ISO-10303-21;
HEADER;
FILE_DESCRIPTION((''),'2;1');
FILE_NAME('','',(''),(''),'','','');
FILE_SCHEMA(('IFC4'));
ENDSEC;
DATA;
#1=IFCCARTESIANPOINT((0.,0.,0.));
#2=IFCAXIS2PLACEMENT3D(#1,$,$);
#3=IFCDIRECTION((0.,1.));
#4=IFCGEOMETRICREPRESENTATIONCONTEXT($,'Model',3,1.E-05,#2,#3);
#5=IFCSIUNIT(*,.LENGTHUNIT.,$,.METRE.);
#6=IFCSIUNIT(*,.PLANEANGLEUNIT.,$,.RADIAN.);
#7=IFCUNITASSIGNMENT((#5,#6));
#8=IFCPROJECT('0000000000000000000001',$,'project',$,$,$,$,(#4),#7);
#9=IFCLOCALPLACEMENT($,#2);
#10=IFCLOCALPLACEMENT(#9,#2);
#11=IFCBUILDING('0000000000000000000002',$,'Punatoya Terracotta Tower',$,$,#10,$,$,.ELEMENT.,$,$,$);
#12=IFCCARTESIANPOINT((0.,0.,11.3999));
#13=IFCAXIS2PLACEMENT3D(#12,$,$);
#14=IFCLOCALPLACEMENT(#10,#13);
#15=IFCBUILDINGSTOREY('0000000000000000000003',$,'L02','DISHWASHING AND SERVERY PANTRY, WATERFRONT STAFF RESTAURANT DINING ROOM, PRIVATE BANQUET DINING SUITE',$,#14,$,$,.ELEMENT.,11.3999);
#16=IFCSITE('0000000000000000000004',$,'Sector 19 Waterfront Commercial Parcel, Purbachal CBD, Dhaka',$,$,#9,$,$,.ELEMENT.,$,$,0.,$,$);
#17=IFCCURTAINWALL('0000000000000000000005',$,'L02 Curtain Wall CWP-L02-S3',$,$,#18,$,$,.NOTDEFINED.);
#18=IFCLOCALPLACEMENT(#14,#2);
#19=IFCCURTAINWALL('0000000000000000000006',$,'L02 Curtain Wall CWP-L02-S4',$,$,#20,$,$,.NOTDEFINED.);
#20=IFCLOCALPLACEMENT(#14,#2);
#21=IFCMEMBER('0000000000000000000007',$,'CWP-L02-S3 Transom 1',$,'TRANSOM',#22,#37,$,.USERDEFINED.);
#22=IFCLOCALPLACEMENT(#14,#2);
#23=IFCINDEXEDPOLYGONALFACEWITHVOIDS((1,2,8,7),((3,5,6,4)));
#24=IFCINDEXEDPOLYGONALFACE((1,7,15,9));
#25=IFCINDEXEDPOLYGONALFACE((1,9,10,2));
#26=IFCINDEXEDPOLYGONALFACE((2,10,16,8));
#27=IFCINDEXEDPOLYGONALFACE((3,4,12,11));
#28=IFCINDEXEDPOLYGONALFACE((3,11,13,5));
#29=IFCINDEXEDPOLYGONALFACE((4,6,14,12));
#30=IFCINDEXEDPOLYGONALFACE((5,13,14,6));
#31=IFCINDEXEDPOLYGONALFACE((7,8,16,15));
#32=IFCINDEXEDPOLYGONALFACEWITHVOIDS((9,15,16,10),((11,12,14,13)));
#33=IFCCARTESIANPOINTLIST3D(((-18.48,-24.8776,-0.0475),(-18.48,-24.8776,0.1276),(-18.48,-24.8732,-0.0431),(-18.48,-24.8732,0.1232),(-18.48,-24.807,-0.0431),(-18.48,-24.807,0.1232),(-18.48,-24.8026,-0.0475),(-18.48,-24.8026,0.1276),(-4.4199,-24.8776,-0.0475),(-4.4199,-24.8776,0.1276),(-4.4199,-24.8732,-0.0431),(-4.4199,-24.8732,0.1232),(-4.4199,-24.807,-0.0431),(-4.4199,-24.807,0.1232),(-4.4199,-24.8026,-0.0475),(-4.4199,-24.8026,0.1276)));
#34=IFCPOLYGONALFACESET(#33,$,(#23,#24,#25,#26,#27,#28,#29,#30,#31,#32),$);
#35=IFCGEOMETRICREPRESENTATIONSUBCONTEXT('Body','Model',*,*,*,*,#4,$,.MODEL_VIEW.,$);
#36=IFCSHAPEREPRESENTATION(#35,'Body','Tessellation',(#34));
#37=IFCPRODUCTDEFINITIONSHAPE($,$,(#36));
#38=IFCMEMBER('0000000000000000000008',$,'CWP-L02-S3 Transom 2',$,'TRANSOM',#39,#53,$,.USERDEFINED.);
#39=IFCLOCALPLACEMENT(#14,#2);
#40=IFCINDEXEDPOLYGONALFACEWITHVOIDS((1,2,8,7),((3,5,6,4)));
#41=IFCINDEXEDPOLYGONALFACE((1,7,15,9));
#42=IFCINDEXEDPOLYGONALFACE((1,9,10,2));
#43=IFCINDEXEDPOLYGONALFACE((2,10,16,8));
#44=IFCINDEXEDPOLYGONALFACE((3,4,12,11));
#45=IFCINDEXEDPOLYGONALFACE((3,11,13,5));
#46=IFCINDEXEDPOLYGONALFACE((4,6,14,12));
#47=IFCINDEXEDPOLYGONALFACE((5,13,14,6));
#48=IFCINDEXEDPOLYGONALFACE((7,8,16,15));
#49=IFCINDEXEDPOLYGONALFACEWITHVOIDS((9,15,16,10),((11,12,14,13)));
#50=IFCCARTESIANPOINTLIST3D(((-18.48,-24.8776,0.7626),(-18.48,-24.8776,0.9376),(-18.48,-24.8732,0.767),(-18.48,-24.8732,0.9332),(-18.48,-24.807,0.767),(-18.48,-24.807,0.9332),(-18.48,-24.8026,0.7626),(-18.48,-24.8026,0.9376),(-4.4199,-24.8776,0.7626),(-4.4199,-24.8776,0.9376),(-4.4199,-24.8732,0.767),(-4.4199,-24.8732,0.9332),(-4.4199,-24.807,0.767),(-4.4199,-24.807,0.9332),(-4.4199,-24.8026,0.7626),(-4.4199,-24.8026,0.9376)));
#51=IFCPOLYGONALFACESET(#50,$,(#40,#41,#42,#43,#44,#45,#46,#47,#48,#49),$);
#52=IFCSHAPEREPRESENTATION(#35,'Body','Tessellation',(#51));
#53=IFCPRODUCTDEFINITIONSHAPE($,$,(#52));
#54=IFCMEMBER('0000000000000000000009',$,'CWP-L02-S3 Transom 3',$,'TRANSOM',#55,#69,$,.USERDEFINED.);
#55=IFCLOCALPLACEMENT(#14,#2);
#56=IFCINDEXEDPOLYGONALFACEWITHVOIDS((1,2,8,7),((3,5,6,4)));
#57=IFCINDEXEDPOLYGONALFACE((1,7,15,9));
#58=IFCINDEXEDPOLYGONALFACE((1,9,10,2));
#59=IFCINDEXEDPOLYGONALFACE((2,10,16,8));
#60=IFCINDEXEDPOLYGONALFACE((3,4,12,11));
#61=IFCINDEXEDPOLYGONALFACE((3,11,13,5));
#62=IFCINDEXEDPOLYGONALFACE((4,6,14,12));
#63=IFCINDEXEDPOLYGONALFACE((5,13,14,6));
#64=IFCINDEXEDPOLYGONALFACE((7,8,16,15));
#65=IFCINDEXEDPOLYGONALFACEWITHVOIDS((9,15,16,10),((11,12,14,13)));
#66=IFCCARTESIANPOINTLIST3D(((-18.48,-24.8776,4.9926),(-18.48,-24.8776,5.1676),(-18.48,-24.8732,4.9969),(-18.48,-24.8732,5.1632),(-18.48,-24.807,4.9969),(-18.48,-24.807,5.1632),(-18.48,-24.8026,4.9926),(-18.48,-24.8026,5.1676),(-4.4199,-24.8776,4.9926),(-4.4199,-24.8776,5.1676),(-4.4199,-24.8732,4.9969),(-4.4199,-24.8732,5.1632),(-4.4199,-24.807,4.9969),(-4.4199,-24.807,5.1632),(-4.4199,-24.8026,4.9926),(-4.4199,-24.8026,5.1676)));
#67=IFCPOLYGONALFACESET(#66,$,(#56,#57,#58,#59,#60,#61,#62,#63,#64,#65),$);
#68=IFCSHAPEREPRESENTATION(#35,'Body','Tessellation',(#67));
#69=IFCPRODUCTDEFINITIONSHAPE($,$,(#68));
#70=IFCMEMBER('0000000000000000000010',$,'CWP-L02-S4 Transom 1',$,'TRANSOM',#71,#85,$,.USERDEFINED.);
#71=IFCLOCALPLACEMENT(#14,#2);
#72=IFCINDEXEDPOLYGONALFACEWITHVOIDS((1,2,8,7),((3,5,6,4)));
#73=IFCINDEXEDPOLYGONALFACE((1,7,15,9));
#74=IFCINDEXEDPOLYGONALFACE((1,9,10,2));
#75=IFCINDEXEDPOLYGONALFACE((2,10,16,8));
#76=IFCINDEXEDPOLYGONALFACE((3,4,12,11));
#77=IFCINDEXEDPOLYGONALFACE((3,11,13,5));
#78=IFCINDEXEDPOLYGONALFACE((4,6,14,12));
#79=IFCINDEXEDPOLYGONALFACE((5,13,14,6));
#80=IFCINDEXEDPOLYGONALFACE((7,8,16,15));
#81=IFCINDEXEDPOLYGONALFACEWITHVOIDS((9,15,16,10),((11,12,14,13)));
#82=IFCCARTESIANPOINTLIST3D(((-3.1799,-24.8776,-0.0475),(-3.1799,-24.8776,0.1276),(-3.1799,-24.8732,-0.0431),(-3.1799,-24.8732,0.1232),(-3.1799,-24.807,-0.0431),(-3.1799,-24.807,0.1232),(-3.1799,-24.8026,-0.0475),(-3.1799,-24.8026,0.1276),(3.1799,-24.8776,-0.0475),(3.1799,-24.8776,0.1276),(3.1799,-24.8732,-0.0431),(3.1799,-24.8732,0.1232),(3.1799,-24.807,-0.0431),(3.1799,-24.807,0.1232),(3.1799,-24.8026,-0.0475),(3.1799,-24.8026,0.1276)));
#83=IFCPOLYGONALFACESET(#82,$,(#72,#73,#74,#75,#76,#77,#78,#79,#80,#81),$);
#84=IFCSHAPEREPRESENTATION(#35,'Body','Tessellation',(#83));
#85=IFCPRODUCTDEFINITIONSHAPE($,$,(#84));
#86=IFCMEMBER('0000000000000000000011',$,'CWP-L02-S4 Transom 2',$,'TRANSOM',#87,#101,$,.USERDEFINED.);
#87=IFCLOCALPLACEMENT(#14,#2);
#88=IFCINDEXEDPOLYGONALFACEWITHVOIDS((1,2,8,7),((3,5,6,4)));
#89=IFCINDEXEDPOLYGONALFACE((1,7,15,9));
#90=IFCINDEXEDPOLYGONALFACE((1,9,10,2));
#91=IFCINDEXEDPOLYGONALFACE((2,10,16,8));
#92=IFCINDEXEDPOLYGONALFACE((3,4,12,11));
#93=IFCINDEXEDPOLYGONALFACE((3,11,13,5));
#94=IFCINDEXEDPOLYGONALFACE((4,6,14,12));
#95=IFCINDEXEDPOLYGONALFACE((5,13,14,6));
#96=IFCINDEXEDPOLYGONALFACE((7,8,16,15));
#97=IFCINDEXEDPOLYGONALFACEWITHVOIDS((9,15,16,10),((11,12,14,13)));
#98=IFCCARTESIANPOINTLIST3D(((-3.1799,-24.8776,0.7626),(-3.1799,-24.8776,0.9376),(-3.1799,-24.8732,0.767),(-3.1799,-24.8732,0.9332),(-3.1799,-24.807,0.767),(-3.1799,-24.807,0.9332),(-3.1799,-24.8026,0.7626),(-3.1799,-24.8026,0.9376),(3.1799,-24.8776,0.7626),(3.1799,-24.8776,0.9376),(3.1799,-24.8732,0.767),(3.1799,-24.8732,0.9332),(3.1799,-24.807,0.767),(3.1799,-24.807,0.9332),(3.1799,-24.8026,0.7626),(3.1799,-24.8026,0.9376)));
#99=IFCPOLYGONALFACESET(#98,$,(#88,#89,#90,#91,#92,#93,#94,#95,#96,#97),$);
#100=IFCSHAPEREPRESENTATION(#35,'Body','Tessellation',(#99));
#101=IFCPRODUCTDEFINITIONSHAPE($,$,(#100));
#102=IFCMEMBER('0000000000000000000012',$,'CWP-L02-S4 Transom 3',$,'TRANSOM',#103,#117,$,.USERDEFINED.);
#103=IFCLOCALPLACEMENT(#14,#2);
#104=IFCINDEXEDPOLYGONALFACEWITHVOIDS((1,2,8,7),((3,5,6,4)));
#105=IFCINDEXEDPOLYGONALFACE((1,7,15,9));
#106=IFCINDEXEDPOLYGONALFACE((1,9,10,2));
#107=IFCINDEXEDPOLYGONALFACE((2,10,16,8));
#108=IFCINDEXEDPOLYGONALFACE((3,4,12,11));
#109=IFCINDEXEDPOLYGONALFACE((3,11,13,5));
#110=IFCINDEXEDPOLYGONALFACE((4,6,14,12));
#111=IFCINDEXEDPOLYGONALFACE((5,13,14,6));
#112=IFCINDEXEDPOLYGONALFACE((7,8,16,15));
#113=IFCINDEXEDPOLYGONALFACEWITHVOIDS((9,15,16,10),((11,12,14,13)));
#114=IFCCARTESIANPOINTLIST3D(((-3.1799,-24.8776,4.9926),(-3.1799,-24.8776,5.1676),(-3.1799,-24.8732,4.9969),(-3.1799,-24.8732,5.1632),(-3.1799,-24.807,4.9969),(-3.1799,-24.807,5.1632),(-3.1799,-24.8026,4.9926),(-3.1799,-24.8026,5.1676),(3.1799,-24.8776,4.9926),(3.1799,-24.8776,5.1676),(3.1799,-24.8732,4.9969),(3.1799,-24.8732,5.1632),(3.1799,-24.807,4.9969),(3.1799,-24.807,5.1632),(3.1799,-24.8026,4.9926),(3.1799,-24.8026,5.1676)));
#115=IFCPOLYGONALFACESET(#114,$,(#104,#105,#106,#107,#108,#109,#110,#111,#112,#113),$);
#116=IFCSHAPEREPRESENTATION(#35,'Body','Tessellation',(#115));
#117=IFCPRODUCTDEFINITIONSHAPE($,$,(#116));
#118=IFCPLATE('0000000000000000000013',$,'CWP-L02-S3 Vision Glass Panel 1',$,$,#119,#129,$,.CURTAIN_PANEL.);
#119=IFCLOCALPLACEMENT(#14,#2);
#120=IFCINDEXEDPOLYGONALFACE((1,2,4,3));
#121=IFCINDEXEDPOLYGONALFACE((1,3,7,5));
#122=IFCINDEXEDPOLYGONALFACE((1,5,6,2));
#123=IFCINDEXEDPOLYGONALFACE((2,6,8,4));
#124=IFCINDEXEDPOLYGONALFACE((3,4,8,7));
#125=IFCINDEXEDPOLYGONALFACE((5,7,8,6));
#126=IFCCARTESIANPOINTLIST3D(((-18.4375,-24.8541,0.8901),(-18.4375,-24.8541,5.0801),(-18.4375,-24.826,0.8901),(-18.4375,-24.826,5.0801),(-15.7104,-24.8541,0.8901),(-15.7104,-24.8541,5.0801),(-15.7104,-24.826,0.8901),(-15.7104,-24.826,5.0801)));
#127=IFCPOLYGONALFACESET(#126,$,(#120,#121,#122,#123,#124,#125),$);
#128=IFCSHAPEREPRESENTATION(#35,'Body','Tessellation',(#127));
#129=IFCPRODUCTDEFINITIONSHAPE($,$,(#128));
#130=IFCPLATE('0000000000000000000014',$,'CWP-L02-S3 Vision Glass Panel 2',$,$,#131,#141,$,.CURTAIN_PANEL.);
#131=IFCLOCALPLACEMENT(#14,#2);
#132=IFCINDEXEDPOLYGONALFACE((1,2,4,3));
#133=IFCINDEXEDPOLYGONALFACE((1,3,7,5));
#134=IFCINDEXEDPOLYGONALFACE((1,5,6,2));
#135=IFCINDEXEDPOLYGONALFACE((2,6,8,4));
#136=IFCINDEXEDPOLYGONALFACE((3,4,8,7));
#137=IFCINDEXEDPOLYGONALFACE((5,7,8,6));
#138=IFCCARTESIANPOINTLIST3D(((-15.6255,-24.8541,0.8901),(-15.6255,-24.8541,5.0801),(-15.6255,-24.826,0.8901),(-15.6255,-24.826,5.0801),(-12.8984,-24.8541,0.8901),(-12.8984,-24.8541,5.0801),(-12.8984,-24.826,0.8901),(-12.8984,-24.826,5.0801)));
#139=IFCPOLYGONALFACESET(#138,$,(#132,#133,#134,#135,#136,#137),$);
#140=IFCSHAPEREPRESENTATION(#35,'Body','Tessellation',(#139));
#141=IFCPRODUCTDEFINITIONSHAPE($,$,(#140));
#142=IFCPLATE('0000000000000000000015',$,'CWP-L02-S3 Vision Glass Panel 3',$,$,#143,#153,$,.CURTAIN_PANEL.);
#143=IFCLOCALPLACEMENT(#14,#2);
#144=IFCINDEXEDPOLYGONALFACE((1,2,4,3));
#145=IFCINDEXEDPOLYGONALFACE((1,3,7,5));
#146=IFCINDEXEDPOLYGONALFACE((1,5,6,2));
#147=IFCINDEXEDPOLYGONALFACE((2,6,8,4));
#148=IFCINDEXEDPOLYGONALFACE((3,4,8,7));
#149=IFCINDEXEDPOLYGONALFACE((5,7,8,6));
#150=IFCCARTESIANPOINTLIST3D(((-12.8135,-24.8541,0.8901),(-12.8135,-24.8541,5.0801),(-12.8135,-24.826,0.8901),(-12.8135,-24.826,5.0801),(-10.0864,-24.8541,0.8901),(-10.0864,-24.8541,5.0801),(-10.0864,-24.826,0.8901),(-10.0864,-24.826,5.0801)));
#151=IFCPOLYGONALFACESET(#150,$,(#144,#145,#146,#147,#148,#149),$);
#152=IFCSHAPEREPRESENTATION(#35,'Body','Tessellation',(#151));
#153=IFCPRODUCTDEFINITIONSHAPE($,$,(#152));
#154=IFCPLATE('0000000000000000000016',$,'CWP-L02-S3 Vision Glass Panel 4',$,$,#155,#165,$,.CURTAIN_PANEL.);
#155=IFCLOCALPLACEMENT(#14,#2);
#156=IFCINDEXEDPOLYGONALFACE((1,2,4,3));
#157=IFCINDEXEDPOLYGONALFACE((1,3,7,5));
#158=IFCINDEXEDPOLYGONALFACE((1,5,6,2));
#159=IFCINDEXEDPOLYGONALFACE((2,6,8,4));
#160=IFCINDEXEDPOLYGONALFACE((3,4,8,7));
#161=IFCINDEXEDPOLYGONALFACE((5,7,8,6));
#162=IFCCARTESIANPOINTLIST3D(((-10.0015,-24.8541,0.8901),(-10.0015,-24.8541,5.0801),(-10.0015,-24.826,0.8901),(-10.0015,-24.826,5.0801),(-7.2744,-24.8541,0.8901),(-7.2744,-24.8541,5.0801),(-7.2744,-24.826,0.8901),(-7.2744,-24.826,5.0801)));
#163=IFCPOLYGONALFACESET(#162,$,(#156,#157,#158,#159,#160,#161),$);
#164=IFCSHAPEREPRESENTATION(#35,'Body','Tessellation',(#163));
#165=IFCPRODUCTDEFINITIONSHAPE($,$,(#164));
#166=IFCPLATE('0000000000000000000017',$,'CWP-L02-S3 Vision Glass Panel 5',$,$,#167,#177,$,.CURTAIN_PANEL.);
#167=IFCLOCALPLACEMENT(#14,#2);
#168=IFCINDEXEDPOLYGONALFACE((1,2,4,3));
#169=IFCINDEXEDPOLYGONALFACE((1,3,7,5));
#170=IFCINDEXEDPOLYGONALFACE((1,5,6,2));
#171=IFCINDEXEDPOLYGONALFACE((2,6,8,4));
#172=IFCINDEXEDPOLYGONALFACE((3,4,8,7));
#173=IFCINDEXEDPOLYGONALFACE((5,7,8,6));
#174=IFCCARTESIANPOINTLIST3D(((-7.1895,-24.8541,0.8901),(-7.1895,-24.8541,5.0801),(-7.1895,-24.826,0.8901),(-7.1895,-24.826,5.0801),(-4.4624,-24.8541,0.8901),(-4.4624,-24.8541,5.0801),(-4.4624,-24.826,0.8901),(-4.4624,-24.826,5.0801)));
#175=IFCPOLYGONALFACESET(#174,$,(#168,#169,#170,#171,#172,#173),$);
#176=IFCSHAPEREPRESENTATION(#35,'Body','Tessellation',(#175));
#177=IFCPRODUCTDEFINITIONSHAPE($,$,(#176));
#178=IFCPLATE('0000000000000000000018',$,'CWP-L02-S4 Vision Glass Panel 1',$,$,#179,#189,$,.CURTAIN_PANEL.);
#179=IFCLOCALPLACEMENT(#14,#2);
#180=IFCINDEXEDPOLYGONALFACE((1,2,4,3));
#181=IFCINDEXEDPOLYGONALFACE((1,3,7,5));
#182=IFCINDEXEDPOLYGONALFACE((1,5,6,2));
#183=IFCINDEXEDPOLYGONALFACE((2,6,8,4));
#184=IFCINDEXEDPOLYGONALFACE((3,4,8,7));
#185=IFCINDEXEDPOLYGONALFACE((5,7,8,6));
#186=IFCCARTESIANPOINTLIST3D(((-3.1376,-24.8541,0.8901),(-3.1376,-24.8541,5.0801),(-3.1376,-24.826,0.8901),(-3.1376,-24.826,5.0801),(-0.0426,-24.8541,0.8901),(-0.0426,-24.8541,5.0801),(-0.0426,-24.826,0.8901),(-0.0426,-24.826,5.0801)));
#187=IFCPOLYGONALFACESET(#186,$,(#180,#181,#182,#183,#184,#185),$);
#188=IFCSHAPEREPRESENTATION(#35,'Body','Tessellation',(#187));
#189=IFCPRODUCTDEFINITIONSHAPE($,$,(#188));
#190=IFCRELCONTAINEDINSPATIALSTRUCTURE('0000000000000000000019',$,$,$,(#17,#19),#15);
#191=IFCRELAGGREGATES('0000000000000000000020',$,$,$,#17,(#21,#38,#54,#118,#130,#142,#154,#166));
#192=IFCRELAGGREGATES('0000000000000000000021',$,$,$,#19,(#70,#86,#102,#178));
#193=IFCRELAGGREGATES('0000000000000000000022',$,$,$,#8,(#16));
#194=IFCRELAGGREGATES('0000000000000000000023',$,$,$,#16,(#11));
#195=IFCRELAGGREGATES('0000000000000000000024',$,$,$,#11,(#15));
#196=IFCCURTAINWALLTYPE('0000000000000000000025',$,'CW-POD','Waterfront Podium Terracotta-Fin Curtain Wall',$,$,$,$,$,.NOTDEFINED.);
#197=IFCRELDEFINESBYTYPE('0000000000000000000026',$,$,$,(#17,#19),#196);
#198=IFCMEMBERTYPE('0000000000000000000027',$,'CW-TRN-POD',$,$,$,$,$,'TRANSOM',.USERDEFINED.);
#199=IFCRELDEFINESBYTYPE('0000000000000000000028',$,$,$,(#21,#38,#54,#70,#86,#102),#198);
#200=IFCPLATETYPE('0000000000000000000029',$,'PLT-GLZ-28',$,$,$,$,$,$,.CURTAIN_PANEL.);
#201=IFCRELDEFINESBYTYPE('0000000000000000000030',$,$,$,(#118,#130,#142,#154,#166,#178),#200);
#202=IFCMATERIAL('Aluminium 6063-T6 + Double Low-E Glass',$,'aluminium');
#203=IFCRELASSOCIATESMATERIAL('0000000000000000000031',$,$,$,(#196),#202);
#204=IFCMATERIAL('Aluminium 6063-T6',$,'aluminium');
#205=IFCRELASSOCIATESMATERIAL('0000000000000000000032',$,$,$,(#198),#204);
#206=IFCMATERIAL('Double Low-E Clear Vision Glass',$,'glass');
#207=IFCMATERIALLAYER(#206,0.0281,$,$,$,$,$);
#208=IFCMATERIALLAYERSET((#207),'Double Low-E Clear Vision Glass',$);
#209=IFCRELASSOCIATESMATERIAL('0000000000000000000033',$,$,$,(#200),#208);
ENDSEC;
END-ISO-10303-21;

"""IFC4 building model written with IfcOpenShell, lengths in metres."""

from ifc_helpers import new_model, si_unit, direction, frame, origin, origin_2d, place, context, subcontext, project, spatial, rectangle, hollow_rectangle, extrude, material, layer, layer_set, material_profile, profile_set, type_object, element, aggregate, save


model = new_model("IFC4")

# Units and contexts
model_context = context("Model", 3, precision=1e-05, world=origin(), true_north=direction((0.0, 1.0)))
body_context = subcontext(model_context, "Body", "Model", "MODEL_VIEW")
ifc_project = project(units=[si_unit("LENGTHUNIT", "METRE"), si_unit("PLANEANGLEUNIT", "RADIAN")], contexts=[model_context])

# Site, building, storey
site_placement = place(None, origin())
site = spatial("IfcSite", under=ifc_project, at=site_placement, Name="Sector 19 Waterfront Commercial Parcel, Purbachal CBD, Dhaka", CompositionType="ELEMENT", RefElevation=0.0)
building_placement = place(site_placement, origin())
building = spatial("IfcBuilding", under=site, at=building_placement, Name="Punatoya Terracotta Tower", CompositionType="ELEMENT")
storey_placement = place(building_placement, frame((0.0, 0.0, 11.3999)))
storey = spatial("IfcBuildingStorey", under=building, at=storey_placement, Name="L02", Description="DISHWASHING AND SERVERY PANTRY, WATERFRONT STAFF RESTAURANT DINING ROOM, PRIVATE BANQUET DINING SUITE", CompositionType="ELEMENT", Elevation=11.3999)

# Curtain walls
ifc_material_1 = material(Name="Aluminium 6063-T6 + Double Low-E Glass", Category="aluminium")
curtain_wall_type = type_object("IfcCurtainWallType", Name="CW-POD", Description="Waterfront Podium Terracotta-Fin Curtain Wall", PredefinedType="NOTDEFINED", material=ifc_material_1)
curtain_wall_1_placement = place(storey_placement, origin())
curtain_wall_1 = element("IfcCurtainWall", 1, at=curtain_wall_1_placement, inside=storey, type_object=curtain_wall_type, Name="L02 Curtain Wall CWP-L02-S3", PredefinedType="NOTDEFINED")
ifc_material_2 = material(Name="Aluminium 6063-T6", Category="aluminium")
curtain_wall_2_placement = place(storey_placement, origin())
curtain_wall_2 = element("IfcCurtainWall", 2, at=curtain_wall_2_placement, inside=storey, type_object=curtain_wall_type, Name="L02 Curtain Wall CWP-L02-S4", PredefinedType="NOTDEFINED")

# Members
ifc_material_profile_1 = material_profile(ifc_material_2, hollow_rectangle(XDim=0.075, YDim=0.175, WallThickness=0.0044, at=origin_2d()))
ifc_profile_set_1 = profile_set([ifc_material_profile_1], Name="Aluminium 6063-T6")
member_type_1 = type_object("IfcMemberType", Name="CW-TRN-POD", ElementType="TRANSOM", PredefinedType="USERDEFINED", material=ifc_profile_set_1)
member_1_placement = place(storey_placement, frame((-18.48, -24.8401, 0.04), z_axis=(1.0, 0.0, 0.0), x_axis=(0.0, 1.0, 0.0)))
member_1 = element("IfcMember", 3, at=member_1_placement, type_object=member_type_1, Name="CWP-L02-S3 Transom 1", ObjectType="TRANSOM", PredefinedType="USERDEFINED", context=body_context, shape_type="SweptSolid", body=[
    extrude(hollow_rectangle(XDim=0.075, YDim=0.175, WallThickness=0.0044, at=origin_2d()), origin(), (0.0, 0.0, 1.0), 14.0601),
])
member_2_placement = place(storey_placement, frame((-18.48, -24.8401, 0.8501), z_axis=(1.0, 0.0, 0.0), x_axis=(0.0, 1.0, 0.0)))
member_2 = element("IfcMember", 4, at=member_2_placement, type_object=member_type_1, Name="CWP-L02-S3 Transom 2", ObjectType="TRANSOM", PredefinedType="USERDEFINED", context=body_context, shape_type="SweptSolid", body=[
    extrude(hollow_rectangle(XDim=0.075, YDim=0.175, WallThickness=0.0044, at=origin_2d()), origin(), (0.0, 0.0, 1.0), 14.0601),
])
member_3_placement = place(storey_placement, frame((-18.48, -24.8401, 5.0801), z_axis=(1.0, 0.0, 0.0), x_axis=(0.0, 1.0, 0.0)))
member_3 = element("IfcMember", 5, at=member_3_placement, type_object=member_type_1, Name="CWP-L02-S3 Transom 3", ObjectType="TRANSOM", PredefinedType="USERDEFINED", context=body_context, shape_type="SweptSolid", body=[
    extrude(hollow_rectangle(XDim=0.075, YDim=0.175, WallThickness=0.0044, at=origin_2d()), origin(), (0.0, 0.0, 1.0), 14.0601),
])
member_4_placement = place(storey_placement, frame((-3.1799, -24.8401, 0.04), z_axis=(1.0, 0.0, 0.0), x_axis=(0.0, 1.0, 0.0)))
member_4 = element("IfcMember", 6, at=member_4_placement, type_object=member_type_1, Name="CWP-L02-S4 Transom 1", ObjectType="TRANSOM", PredefinedType="USERDEFINED", context=body_context, shape_type="SweptSolid", body=[
    extrude(hollow_rectangle(XDim=0.075, YDim=0.175, WallThickness=0.0044, at=origin_2d()), origin(), (0.0, 0.0, 1.0), 6.3599),
])
member_5_placement = place(storey_placement, frame((-3.1799, -24.8401, 0.8501), z_axis=(1.0, 0.0, 0.0), x_axis=(0.0, 1.0, 0.0)))
member_5 = element("IfcMember", 7, at=member_5_placement, type_object=member_type_1, Name="CWP-L02-S4 Transom 2", ObjectType="TRANSOM", PredefinedType="USERDEFINED", context=body_context, shape_type="SweptSolid", body=[
    extrude(hollow_rectangle(XDim=0.075, YDim=0.175, WallThickness=0.0044, at=origin_2d()), origin(), (0.0, 0.0, 1.0), 6.3599),
])
member_6_placement = place(storey_placement, frame((-3.1799, -24.8401, 5.0801), z_axis=(1.0, 0.0, 0.0), x_axis=(0.0, 1.0, 0.0)))
member_6 = element("IfcMember", 8, at=member_6_placement, type_object=member_type_1, Name="CWP-L02-S4 Transom 3", ObjectType="TRANSOM", PredefinedType="USERDEFINED", context=body_context, shape_type="SweptSolid", body=[
    extrude(hollow_rectangle(XDim=0.075, YDim=0.175, WallThickness=0.0044, at=origin_2d()), origin(), (0.0, 0.0, 1.0), 6.3599),
])

# Plates
ifc_material_3 = material(Name="Double Low-E Clear Vision Glass", Category="glass")
ifc_layer_1 = layer(ifc_material_3, 0.0281)
ifc_layer_set_1 = layer_set([ifc_layer_1], Name="Double Low-E Clear Vision Glass")
plate_type_1 = type_object("IfcPlateType", Name="PLT-GLZ-28", PredefinedType="CURTAIN_PANEL", material=ifc_layer_set_1)
plate_1_placement = place(storey_placement, frame((-17.074, -24.8401, 0.8901), z_axis=(0.0, 0.0, 1.0), x_axis=(1.0, 0.0, 0.0)))
plate_1 = element("IfcPlate", 9, at=plate_1_placement, type_object=plate_type_1, Name="CWP-L02-S3 Vision Glass Panel 1", PredefinedType="CURTAIN_PANEL", context=body_context, shape_type="SweptSolid", body=[
    extrude(rectangle(XDim=2.7271, YDim=0.0281, at=origin_2d()), origin(), (0.0, 0.0, 1.0), 4.1899),
])
plate_2_placement = place(storey_placement, frame((-14.262, -24.8401, 0.8901), z_axis=(0.0, 0.0, 1.0), x_axis=(1.0, 0.0, 0.0)))
plate_2 = element("IfcPlate", 10, at=plate_2_placement, type_object=plate_type_1, Name="CWP-L02-S3 Vision Glass Panel 2", PredefinedType="CURTAIN_PANEL", context=body_context, shape_type="SweptSolid", body=[
    extrude(rectangle(XDim=2.7271, YDim=0.0281, at=origin_2d()), origin(), (0.0, 0.0, 1.0), 4.1899),
])
plate_3_placement = place(storey_placement, frame((-11.45, -24.8401, 0.8901), z_axis=(0.0, 0.0, 1.0), x_axis=(1.0, 0.0, 0.0)))
plate_3 = element("IfcPlate", 11, at=plate_3_placement, type_object=plate_type_1, Name="CWP-L02-S3 Vision Glass Panel 3", PredefinedType="CURTAIN_PANEL", context=body_context, shape_type="SweptSolid", body=[
    extrude(rectangle(XDim=2.7271, YDim=0.0281, at=origin_2d()), origin(), (0.0, 0.0, 1.0), 4.1899),
])
plate_4_placement = place(storey_placement, frame((-8.6379, -24.8401, 0.8901), z_axis=(0.0, 0.0, 1.0), x_axis=(1.0, 0.0, 0.0)))
plate_4 = element("IfcPlate", 12, at=plate_4_placement, type_object=plate_type_1, Name="CWP-L02-S3 Vision Glass Panel 4", PredefinedType="CURTAIN_PANEL", context=body_context, shape_type="SweptSolid", body=[
    extrude(rectangle(XDim=2.7271, YDim=0.0281, at=origin_2d()), origin(), (0.0, 0.0, 1.0), 4.1899),
])
plate_5_placement = place(storey_placement, frame((-5.8259, -24.8401, 0.8901), z_axis=(0.0, 0.0, 1.0), x_axis=(1.0, 0.0, 0.0)))
plate_5 = element("IfcPlate", 13, at=plate_5_placement, type_object=plate_type_1, Name="CWP-L02-S3 Vision Glass Panel 5", PredefinedType="CURTAIN_PANEL", context=body_context, shape_type="SweptSolid", body=[
    extrude(rectangle(XDim=2.7271, YDim=0.0281, at=origin_2d()), origin(), (0.0, 0.0, 1.0), 4.1899),
])
plate_6_placement = place(storey_placement, frame((-1.5901, -24.8401, 0.8901), z_axis=(0.0, 0.0, 1.0), x_axis=(1.0, 0.0, 0.0)))
plate_6 = element("IfcPlate", 14, at=plate_6_placement, type_object=plate_type_1, Name="CWP-L02-S4 Vision Glass Panel 1", PredefinedType="CURTAIN_PANEL", context=body_context, shape_type="SweptSolid", body=[
    extrude(rectangle(XDim=3.095, YDim=0.0281, at=origin_2d()), origin(), (0.0, 0.0, 1.0), 4.1899),
])
aggregate(curtain_wall_1, [member_1, member_2, member_3, plate_1, plate_2, plate_3, plate_4, plate_5])
aggregate(curtain_wall_2, [member_4, member_5, member_6, plate_6])

save(model, "model.ifc")
